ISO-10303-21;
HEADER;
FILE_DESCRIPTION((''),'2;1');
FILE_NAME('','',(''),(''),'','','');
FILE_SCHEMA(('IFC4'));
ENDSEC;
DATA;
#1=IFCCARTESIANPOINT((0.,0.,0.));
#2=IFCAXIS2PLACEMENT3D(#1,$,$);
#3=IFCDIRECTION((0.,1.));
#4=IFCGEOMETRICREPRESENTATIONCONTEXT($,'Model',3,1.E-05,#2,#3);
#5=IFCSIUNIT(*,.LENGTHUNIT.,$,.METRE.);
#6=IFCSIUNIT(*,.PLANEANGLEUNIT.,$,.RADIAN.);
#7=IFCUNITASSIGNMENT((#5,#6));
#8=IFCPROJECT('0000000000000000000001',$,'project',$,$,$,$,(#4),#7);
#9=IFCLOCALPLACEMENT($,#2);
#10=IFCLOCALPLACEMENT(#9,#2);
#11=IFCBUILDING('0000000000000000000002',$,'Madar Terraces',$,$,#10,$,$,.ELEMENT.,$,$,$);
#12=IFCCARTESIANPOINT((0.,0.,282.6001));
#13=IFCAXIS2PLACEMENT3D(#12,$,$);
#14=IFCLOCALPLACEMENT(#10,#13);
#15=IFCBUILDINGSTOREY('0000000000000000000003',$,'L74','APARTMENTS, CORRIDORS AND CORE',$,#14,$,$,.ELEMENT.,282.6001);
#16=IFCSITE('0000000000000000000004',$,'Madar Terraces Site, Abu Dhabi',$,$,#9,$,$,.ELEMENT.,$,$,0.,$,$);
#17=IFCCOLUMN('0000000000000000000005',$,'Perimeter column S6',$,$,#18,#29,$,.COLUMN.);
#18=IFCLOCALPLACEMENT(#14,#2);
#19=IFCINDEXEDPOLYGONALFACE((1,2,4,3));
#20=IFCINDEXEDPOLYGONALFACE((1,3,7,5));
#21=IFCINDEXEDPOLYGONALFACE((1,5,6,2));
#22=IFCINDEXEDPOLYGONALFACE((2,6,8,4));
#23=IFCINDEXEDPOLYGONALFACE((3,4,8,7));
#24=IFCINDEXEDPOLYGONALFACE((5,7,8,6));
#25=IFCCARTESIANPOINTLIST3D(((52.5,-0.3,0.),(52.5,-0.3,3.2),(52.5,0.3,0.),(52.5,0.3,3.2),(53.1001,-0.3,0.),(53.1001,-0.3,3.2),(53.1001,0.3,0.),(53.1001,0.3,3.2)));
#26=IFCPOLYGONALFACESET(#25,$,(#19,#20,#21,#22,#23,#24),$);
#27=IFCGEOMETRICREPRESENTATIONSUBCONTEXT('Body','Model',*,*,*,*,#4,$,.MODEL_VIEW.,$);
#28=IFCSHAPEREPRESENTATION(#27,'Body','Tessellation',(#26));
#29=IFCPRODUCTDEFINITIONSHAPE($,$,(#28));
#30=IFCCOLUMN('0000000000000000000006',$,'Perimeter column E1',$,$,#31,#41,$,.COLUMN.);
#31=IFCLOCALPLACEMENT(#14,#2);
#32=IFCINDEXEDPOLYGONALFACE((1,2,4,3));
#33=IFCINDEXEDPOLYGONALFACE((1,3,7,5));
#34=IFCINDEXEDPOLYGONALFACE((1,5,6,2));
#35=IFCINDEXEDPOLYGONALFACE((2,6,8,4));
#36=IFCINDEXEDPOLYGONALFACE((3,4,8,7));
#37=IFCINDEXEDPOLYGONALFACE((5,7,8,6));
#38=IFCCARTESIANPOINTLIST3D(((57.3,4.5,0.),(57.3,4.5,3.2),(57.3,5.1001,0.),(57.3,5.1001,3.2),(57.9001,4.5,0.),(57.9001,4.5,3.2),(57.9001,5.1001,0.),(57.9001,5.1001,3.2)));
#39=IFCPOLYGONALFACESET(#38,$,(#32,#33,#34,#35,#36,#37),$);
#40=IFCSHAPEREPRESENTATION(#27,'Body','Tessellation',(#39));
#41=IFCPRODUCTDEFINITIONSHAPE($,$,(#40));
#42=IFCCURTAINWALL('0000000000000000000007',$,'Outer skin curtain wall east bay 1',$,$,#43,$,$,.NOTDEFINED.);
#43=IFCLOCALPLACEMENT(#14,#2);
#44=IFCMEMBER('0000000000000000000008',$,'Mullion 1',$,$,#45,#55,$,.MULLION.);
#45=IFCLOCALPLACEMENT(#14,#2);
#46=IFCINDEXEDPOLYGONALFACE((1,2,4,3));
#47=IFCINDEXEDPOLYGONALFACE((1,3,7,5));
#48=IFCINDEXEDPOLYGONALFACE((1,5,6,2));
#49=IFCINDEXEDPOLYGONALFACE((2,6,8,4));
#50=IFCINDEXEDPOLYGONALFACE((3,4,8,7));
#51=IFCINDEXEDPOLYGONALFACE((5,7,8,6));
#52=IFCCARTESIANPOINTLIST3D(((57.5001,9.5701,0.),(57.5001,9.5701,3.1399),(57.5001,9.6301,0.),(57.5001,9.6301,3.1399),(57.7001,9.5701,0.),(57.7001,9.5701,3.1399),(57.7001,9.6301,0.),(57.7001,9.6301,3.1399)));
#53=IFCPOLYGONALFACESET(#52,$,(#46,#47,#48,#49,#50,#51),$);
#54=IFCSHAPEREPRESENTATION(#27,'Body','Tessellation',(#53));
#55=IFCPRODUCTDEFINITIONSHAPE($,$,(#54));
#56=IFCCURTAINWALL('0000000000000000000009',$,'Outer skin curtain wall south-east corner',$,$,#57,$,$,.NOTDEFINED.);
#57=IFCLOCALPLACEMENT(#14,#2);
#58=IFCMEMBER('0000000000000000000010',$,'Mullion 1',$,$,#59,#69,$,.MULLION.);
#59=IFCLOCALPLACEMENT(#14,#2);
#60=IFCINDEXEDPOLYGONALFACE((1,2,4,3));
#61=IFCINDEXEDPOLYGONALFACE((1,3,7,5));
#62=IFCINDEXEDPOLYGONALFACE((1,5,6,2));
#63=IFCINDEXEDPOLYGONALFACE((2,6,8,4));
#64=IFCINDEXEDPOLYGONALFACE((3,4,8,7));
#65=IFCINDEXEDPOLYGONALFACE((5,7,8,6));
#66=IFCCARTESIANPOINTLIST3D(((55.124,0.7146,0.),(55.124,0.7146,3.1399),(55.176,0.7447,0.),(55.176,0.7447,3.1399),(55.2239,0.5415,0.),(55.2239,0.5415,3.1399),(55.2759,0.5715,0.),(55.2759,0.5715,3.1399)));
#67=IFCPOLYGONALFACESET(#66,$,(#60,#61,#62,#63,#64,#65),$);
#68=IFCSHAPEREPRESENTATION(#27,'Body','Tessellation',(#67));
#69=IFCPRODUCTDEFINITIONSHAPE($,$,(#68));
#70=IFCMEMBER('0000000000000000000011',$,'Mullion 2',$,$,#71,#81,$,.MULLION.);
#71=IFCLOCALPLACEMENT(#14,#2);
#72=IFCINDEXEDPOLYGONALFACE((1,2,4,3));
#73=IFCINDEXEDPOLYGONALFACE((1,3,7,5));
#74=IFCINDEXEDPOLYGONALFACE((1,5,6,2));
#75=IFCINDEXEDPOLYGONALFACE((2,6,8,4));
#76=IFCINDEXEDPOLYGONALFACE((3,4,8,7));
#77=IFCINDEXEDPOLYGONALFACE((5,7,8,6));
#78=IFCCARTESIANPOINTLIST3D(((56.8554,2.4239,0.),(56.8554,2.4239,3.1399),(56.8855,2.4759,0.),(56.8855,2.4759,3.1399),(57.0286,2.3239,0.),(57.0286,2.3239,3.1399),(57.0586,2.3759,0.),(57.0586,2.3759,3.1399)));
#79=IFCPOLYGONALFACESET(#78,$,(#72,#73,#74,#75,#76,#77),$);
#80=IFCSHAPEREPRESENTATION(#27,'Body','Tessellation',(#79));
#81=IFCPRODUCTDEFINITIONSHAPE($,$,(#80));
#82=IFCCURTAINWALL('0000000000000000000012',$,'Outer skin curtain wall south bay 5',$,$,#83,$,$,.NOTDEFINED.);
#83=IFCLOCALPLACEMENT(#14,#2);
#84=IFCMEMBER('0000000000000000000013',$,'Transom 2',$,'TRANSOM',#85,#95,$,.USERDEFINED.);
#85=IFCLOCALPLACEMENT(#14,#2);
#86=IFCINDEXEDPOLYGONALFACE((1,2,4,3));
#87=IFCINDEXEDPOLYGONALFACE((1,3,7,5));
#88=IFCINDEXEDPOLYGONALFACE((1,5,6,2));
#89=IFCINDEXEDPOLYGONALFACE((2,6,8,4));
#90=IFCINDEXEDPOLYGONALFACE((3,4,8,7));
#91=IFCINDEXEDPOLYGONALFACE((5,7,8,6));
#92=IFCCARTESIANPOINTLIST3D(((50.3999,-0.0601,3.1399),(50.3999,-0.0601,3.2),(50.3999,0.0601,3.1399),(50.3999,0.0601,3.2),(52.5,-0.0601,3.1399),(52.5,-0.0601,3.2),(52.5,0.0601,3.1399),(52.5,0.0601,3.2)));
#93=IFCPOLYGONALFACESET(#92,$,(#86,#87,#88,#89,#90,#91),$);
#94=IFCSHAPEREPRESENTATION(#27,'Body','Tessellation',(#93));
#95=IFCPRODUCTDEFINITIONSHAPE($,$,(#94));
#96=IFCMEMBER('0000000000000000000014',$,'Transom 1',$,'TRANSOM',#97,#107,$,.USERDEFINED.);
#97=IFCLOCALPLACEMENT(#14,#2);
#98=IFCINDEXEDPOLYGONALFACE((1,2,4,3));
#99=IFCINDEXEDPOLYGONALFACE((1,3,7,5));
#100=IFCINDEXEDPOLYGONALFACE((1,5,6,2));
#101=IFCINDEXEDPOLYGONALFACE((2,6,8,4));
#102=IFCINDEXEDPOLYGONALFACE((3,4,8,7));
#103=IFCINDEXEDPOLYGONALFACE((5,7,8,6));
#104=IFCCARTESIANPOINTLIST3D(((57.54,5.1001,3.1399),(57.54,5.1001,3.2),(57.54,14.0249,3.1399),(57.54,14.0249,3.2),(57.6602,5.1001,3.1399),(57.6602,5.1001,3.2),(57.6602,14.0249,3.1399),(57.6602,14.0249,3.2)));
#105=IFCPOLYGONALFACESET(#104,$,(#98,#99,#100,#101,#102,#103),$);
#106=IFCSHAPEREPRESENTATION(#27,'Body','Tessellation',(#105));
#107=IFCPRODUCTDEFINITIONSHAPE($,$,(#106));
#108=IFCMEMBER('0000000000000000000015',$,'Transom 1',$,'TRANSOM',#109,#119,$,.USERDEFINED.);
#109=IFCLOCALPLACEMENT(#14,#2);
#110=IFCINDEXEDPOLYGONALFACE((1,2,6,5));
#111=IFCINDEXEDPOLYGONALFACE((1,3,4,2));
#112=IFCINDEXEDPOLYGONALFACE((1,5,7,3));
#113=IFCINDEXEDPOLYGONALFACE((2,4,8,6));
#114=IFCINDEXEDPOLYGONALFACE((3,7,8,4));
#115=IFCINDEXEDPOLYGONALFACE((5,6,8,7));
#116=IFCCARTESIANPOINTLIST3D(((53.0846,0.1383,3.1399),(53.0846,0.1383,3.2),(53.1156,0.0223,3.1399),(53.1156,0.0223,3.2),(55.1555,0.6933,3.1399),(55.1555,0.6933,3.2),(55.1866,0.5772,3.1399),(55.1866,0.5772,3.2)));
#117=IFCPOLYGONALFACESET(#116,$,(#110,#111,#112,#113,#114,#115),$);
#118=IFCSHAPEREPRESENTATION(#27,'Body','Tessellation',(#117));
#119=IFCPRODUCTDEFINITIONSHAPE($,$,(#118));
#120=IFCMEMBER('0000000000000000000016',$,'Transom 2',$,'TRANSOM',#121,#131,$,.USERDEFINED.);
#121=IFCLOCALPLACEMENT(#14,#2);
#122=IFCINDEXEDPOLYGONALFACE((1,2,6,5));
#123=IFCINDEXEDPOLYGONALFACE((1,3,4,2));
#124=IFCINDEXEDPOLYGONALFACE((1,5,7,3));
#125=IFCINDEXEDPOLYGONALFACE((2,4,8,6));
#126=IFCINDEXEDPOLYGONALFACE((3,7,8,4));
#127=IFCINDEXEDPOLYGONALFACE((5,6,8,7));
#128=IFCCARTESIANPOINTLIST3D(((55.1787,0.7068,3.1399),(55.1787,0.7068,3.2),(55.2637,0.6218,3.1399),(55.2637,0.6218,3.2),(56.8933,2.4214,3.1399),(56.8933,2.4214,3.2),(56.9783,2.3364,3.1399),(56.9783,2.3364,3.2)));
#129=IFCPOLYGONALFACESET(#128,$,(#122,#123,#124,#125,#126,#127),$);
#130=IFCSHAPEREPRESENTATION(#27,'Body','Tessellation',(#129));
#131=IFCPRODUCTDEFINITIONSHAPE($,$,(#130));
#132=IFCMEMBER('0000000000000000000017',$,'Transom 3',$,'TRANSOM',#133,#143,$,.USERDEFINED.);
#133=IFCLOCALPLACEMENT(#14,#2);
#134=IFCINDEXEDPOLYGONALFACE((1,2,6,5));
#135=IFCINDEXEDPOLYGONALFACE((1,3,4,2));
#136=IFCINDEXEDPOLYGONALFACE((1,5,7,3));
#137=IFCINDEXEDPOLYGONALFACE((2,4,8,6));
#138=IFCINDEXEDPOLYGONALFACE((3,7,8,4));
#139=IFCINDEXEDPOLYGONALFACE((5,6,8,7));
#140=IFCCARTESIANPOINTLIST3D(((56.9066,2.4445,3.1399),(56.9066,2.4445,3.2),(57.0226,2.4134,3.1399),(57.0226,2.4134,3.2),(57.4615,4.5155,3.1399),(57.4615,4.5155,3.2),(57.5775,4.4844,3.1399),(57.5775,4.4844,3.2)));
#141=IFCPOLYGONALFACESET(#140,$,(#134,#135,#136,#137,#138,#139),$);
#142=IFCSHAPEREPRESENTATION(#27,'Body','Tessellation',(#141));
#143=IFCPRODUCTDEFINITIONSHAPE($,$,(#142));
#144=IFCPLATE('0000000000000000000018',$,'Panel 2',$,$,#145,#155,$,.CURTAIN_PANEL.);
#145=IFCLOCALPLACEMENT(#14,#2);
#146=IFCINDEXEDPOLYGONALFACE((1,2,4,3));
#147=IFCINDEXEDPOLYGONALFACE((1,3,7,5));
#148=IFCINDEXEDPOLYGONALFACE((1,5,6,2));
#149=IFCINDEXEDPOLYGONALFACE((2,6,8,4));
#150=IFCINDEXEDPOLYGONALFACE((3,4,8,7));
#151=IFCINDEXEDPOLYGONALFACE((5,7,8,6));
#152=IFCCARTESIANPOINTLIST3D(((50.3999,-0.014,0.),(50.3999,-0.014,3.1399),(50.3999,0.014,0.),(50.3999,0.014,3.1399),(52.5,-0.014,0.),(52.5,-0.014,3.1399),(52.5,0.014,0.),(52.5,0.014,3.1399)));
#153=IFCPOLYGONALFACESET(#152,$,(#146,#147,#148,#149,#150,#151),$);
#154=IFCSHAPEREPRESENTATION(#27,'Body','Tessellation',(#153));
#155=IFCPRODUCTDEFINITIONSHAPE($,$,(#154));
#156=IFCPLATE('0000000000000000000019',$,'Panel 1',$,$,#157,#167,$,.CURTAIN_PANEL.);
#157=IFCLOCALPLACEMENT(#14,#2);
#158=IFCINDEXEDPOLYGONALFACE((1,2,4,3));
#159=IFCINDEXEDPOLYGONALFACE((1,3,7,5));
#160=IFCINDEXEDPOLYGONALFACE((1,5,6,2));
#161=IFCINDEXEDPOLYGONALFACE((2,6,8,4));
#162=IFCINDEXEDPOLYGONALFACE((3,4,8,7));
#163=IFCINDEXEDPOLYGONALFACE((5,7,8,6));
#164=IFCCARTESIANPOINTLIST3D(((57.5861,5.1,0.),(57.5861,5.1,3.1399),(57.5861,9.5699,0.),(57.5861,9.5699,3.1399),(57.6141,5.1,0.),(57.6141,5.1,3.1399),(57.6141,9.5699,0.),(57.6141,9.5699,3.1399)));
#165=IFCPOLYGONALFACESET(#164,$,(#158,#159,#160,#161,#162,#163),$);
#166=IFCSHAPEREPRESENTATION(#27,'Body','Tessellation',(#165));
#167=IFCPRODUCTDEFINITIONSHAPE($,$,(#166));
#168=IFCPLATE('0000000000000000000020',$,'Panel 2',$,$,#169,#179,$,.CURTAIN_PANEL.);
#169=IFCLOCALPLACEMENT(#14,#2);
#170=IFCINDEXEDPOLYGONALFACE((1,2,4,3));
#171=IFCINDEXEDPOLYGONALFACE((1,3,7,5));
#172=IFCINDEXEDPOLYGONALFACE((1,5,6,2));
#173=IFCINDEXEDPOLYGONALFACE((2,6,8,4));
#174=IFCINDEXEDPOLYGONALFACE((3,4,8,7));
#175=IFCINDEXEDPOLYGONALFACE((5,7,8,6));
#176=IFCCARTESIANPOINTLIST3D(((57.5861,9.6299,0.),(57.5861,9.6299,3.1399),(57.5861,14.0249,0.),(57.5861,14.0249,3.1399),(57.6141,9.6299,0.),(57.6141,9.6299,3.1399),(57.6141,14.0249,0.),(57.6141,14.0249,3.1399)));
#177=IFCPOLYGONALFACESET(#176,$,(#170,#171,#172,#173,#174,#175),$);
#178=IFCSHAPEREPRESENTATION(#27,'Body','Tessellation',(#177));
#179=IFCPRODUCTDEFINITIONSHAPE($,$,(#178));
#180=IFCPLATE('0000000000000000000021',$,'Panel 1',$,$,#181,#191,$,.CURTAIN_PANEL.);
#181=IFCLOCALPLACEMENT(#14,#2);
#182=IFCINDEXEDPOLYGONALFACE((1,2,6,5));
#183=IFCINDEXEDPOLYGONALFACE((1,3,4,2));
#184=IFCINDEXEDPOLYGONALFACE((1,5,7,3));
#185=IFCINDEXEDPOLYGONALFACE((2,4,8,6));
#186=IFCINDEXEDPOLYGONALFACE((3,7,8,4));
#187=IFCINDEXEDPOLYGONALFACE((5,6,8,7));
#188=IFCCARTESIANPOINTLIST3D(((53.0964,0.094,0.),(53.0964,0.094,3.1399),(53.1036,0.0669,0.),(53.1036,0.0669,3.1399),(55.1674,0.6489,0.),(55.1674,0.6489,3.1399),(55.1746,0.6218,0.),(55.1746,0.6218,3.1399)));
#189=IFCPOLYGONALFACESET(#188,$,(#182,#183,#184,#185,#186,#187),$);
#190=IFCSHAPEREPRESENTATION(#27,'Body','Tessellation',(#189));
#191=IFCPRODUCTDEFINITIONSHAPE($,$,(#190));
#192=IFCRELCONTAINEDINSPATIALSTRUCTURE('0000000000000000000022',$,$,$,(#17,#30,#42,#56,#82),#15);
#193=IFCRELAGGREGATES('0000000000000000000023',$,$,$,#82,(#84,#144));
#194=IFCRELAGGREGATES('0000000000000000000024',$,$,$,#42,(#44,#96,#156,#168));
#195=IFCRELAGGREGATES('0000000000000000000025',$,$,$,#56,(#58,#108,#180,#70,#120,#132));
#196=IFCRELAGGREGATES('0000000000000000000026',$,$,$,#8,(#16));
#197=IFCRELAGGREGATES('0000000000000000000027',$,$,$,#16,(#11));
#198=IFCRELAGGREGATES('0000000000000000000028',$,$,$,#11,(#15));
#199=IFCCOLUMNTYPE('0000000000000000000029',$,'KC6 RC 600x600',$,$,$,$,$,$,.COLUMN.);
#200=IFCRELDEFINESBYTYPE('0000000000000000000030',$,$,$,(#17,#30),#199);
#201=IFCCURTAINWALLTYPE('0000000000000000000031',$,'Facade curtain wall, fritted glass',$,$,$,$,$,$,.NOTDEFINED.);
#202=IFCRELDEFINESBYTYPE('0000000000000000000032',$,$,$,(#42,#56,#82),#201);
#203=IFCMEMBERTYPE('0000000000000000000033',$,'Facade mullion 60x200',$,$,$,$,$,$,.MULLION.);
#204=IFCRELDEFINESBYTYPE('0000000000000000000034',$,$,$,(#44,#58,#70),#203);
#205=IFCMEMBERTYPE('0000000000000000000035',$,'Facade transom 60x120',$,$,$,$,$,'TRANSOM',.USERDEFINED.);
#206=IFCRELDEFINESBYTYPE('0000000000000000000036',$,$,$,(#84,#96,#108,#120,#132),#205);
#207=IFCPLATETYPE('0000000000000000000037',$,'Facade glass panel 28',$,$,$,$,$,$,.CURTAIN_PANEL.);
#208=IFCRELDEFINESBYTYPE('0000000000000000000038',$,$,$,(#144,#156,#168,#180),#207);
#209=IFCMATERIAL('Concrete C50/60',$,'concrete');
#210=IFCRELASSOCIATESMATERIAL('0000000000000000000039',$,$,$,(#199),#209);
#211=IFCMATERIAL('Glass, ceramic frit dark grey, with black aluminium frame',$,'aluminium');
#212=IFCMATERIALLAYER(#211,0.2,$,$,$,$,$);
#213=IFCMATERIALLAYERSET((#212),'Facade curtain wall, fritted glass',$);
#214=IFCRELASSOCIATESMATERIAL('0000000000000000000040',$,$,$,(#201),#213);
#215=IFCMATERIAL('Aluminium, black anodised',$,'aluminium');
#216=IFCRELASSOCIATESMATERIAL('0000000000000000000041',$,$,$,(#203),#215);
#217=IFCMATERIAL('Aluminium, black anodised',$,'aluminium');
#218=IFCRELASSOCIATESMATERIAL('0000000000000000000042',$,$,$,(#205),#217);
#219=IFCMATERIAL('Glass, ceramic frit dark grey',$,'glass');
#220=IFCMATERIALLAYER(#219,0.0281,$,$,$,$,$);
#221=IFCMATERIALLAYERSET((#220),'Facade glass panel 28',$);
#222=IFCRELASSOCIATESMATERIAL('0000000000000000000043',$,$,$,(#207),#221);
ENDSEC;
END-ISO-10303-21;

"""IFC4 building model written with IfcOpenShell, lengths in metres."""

from ifc_helpers import new_model, si_unit, direction, frame, origin, origin_2d, place, context, subcontext, project, spatial, rectangle, extrude, material, layer, layer_set, material_profile, profile_set, type_object, element, aggregate, save


model = new_model("IFC4")

# Units and contexts
model_context = context("Model", 3, precision=1e-05, world=origin(), true_north=direction((0.0, 1.0)))
body_context = subcontext(model_context, "Body", "Model", "MODEL_VIEW")
ifc_project = project(units=[si_unit("LENGTHUNIT", "METRE"), si_unit("PLANEANGLEUNIT", "RADIAN")], contexts=[model_context])

# Site, building, storey
site_placement = place(None, origin())
site = spatial("IfcSite", under=ifc_project, at=site_placement, Name="Madar Terraces Site, Abu Dhabi", CompositionType="ELEMENT", RefElevation=0.0)
building_placement = place(site_placement, origin())
building = spatial("IfcBuilding", under=site, at=building_placement, Name="Madar Terraces", CompositionType="ELEMENT")
storey_placement = place(building_placement, frame((0.0, 0.0, 282.6001)))
storey = spatial("IfcBuildingStorey", under=building, at=storey_placement, Name="L74", Description="APARTMENTS, CORRIDORS AND CORE", CompositionType="ELEMENT", Elevation=282.6001)

# Columns
ifc_material_1 = material(Name="Concrete C50/60", Category="concrete")
ifc_material_profile_1 = material_profile(ifc_material_1, rectangle(XDim=0.6001, YDim=0.6001, at=origin_2d()), Name="KC6 RC 600x600")
ifc_profile_set_1 = profile_set([ifc_material_profile_1], Name="Concrete C50/60")
column_type = type_object("IfcColumnType", Name="KC6 RC 600x600", PredefinedType="COLUMN", material=ifc_profile_set_1)
for number, where, z_axis, x_axis, name in (
    (1, (52.8, 0.0, 0.0), (0.0, 0.0, 1.0), (1.0, 0.0, 0.0), "Perimeter column S6"),
    (2, (57.6001, 4.8, 0.0), (0.0, 0.0, 1.0), (1.0, 0.0, 0.0), "Perimeter column E1"),
):
    element("IfcColumn", number, at=place(storey_placement, frame(where, z_axis=z_axis, x_axis=x_axis)), inside=storey, type_object=column_type, Name=name, PredefinedType="COLUMN", context=body_context, shape_type="SweptSolid", body=[
        extrude(rectangle(XDim=0.6001, YDim=0.6001, at=origin_2d()), origin(), (0.0, 0.0, 1.0), 3.2),
    ])

# Curtain wall, member
ifc_material_2 = material(Name="Glass, ceramic frit dark grey, with black aluminium frame", Category="aluminium")
ifc_layer_1 = layer(ifc_material_2, 0.2)
ifc_layer_set_1 = layer_set([ifc_layer_1], Name="Facade curtain wall, fritted glass")
curtain_wall_type = type_object("IfcCurtainWallType", Name="Facade curtain wall, fritted glass", PredefinedType="NOTDEFINED", material=ifc_layer_set_1)
curtain_wall_1_placement = place(storey_placement, origin())
curtain_wall_1 = element("IfcCurtainWall", 3, at=curtain_wall_1_placement, inside=storey, type_object=curtain_wall_type, Name="Outer skin curtain wall east bay 1", PredefinedType="NOTDEFINED")
ifc_material_3 = material(Name="Aluminium, black anodised", Category="aluminium")
ifc_material_profile_2 = material_profile(ifc_material_3, rectangle(XDim=0.2, YDim=0.0601, at=origin_2d()), Name="Facade mullion 60x200")
ifc_profile_set_2 = profile_set([ifc_material_profile_2], Name="Aluminium, black anodised")
member_type_1 = type_object("IfcMemberType", Name="Facade mullion 60x200", PredefinedType="MULLION", material=ifc_profile_set_2)
member_1_placement = place(storey_placement, frame((57.6001, 9.6001, 0.0), z_axis=(0.0, 0.0, 1.0), x_axis=(-1.0, 0.0, 0.0)))
member_1 = element("IfcMember", 4, at=member_1_placement, type_object=member_type_1, Name="Mullion 1", PredefinedType="MULLION", context=body_context, shape_type="SweptSolid", body=[
    extrude(rectangle(XDim=0.2, YDim=0.0601, at=origin_2d()), origin(), (0.0, 0.0, 1.0), 3.1399),
])

# Curtain wall, members
curtain_wall_2_placement = place(storey_placement, origin())
curtain_wall_2 = element("IfcCurtainWall", 5, at=curtain_wall_2_placement, inside=storey, type_object=curtain_wall_type, Name="Outer skin curtain wall south-east corner", PredefinedType="NOTDEFINED")
member_2_placement = place(storey_placement, frame((55.2, 0.6431, 0.0), z_axis=(0.0, 0.0, 1.0), x_axis=(-0.5, 0.866025, 0.0)))
member_2 = element("IfcMember", 6, at=member_2_placement, type_object=member_type_1, Name="Mullion 1", PredefinedType="MULLION", context=body_context, shape_type="SweptSolid", body=[
    extrude(rectangle(XDim=0.2, YDim=0.0601, at=origin_2d()), origin(), (0.0, 0.0, 1.0), 3.1399),
])
member_3_placement = place(storey_placement, frame((56.957, 2.3999, 0.0), z_axis=(0.0, 0.0, 1.0), x_axis=(-0.866025, 0.5, 0.0)))
member_3 = element("IfcMember", 7, at=member_3_placement, type_object=member_type_1, Name="Mullion 2", PredefinedType="MULLION", context=body_context, shape_type="SweptSolid", body=[
    extrude(rectangle(XDim=0.2, YDim=0.0601, at=origin_2d()), origin(), (0.0, 0.0, 1.0), 3.1399),
])

# Curtain wall, member
curtain_wall_3_placement = place(storey_placement, origin())
curtain_wall_3 = element("IfcCurtainWall", 8, at=curtain_wall_3_placement, inside=storey, type_object=curtain_wall_type, Name="Outer skin curtain wall south bay 5", PredefinedType="NOTDEFINED")
ifc_material_4 = material(Name="Aluminium, black anodised", Category="aluminium")
ifc_material_profile_3 = material_profile(ifc_material_4, rectangle(XDim=0.1201, YDim=0.0601, at=origin_2d()), Name="Facade transom 60x120")
ifc_profile_set_3 = profile_set([ifc_material_profile_3], Name="Aluminium, black anodised")
member_type_2 = type_object("IfcMemberType", Name="Facade transom 60x120", ElementType="TRANSOM", PredefinedType="USERDEFINED", material=ifc_profile_set_3)
member_4_placement = place(storey_placement, frame((50.3999, 0.0, 3.1699), z_axis=(1.0, 0.0, 0.0), x_axis=(0.0, 1.0, 0.0)))
member_4 = element("IfcMember", 9, at=member_4_placement, type_object=member_type_2, Name="Transom 2", ObjectType="TRANSOM", PredefinedType="USERDEFINED", context=body_context, shape_type="SweptSolid", body=[
    extrude(rectangle(XDim=0.1201, YDim=0.0601, at=origin_2d()), origin(), (0.0, 0.0, 1.0), 2.1001),
])

# Members
member_5_placement = place(storey_placement, frame((57.6001, 5.1001, 3.1699), z_axis=(0.0, 1.0, 0.0), x_axis=(-1.0, 0.0, 0.0)))
member_5 = element("IfcMember", 10, at=member_5_placement, type_object=member_type_2, Name="Transom 1", ObjectType="TRANSOM", PredefinedType="USERDEFINED", context=body_context, shape_type="SweptSolid", body=[
    extrude(rectangle(XDim=0.1201, YDim=0.0601, at=origin_2d()), origin(), (0.0, 0.0, 1.0), 8.9248),
])
member_6_placement = place(storey_placement, frame((53.1001, 0.0803, 3.1699), z_axis=(0.965926, 0.258818, 0.0), x_axis=(-0.258818, 0.965926, 0.0)))
member_6 = element("IfcMember", 11, at=member_6_placement, type_object=member_type_2, Name="Transom 1", ObjectType="TRANSOM", PredefinedType="USERDEFINED", context=body_context, shape_type="SweptSolid", body=[
    extrude(rectangle(XDim=0.1201, YDim=0.0601, at=origin_2d()), origin(), (0.0, 0.0, 1.0), 2.144),
])
member_7_placement = place(storey_placement, frame((55.2212, 0.6643, 3.1699), z_axis=(0.707107, 0.707107, 0.0), x_axis=(-0.707107, 0.707107, 0.0)))
member_7 = element("IfcMember", 12, at=member_7_placement, type_object=member_type_2, Name="Transom 2", ObjectType="TRANSOM", PredefinedType="USERDEFINED", context=body_context, shape_type="SweptSolid", body=[
    extrude(rectangle(XDim=0.1201, YDim=0.0601, at=origin_2d()), origin(), (0.0, 0.0, 1.0), 2.4248),
])
member_8_placement = place(storey_placement, frame((56.9646, 2.429, 3.1699), z_axis=(0.258818, 0.965926, 0.0), x_axis=(-0.965926, 0.258818, 0.0)))
member_8 = element("IfcMember", 13, at=member_8_placement, type_object=member_type_2, Name="Transom 3", ObjectType="TRANSOM", PredefinedType="USERDEFINED", context=body_context, shape_type="SweptSolid", body=[
    extrude(rectangle(XDim=0.1201, YDim=0.0601, at=origin_2d()), origin(), (0.0, 0.0, 1.0), 2.144),
])

# Plates
ifc_material_5 = material(Name="Glass, ceramic frit dark grey", Category="glass")
ifc_layer_2 = layer(ifc_material_5, 0.0281)
ifc_layer_set_2 = layer_set([ifc_layer_2], Name="Facade glass panel 28")
plate_type = type_object("IfcPlateType", Name="Facade glass panel 28", PredefinedType="CURTAIN_PANEL", material=ifc_layer_set_2)
plate_1_placement = place(storey_placement, frame((51.45, 0.0, 0.0), z_axis=(0.0, 0.0, 1.0), x_axis=(1.0, 0.0, 0.0)))
plate_1 = element("IfcPlate", 14, at=plate_1_placement, type_object=plate_type, Name="Panel 2", PredefinedType="CURTAIN_PANEL", context=body_context, shape_type="SweptSolid", body=[
    extrude(rectangle(XDim=2.1001, YDim=0.0281, at=origin_2d()), origin(), (0.0, 0.0, 1.0), 3.1399),
])
aggregate(curtain_wall_3, [member_4, plate_1])
plate_2_placement = place(storey_placement, frame((57.6001, 7.335, 0.0), z_axis=(0.0, 0.0, 1.0), x_axis=(0.0, 1.0, 0.0)))
plate_2 = element("IfcPlate", 15, at=plate_2_placement, type_object=plate_type, Name="Panel 1", PredefinedType="CURTAIN_PANEL", context=body_context, shape_type="SweptSolid", body=[
    extrude(rectangle(XDim=4.47, YDim=0.0281, at=origin_2d()), origin(), (0.0, 0.0, 1.0), 3.1399),
])
plate_3_placement = place(storey_placement, frame((57.6001, 11.8274, 0.0), z_axis=(0.0, 0.0, 1.0), x_axis=(0.0, 1.0, 0.0)))
plate_3 = element("IfcPlate", 16, at=plate_3_placement, type_object=plate_type, Name="Panel 2", PredefinedType="CURTAIN_PANEL", context=body_context, shape_type="SweptSolid", body=[
    extrude(rectangle(XDim=4.395, YDim=0.0281, at=origin_2d()), origin(), (0.0, 0.0, 1.0), 3.1399),
])
aggregate(curtain_wall_1, [member_1, member_5, plate_2, plate_3])
plate_4_placement = place(storey_placement, frame((54.1355, 0.3579, 0.0), z_axis=(0.0, 0.0, 1.0), x_axis=(0.965926, 0.258819, 0.0)))
plate_4 = element("IfcPlate", 17, at=plate_4_placement, type_object=plate_type, Name="Panel 1", PredefinedType="CURTAIN_PANEL", context=body_context, shape_type="SweptSolid", body=[
    extrude(rectangle(XDim=2.144, YDim=0.0281, at=origin_2d()), origin(), (0.0, 0.0, 1.0), 3.1399),
])
aggregate(curtain_wall_2, [member_2, member_6, plate_4, member_3, member_7, member_8])

save(model, "model.ifc")
